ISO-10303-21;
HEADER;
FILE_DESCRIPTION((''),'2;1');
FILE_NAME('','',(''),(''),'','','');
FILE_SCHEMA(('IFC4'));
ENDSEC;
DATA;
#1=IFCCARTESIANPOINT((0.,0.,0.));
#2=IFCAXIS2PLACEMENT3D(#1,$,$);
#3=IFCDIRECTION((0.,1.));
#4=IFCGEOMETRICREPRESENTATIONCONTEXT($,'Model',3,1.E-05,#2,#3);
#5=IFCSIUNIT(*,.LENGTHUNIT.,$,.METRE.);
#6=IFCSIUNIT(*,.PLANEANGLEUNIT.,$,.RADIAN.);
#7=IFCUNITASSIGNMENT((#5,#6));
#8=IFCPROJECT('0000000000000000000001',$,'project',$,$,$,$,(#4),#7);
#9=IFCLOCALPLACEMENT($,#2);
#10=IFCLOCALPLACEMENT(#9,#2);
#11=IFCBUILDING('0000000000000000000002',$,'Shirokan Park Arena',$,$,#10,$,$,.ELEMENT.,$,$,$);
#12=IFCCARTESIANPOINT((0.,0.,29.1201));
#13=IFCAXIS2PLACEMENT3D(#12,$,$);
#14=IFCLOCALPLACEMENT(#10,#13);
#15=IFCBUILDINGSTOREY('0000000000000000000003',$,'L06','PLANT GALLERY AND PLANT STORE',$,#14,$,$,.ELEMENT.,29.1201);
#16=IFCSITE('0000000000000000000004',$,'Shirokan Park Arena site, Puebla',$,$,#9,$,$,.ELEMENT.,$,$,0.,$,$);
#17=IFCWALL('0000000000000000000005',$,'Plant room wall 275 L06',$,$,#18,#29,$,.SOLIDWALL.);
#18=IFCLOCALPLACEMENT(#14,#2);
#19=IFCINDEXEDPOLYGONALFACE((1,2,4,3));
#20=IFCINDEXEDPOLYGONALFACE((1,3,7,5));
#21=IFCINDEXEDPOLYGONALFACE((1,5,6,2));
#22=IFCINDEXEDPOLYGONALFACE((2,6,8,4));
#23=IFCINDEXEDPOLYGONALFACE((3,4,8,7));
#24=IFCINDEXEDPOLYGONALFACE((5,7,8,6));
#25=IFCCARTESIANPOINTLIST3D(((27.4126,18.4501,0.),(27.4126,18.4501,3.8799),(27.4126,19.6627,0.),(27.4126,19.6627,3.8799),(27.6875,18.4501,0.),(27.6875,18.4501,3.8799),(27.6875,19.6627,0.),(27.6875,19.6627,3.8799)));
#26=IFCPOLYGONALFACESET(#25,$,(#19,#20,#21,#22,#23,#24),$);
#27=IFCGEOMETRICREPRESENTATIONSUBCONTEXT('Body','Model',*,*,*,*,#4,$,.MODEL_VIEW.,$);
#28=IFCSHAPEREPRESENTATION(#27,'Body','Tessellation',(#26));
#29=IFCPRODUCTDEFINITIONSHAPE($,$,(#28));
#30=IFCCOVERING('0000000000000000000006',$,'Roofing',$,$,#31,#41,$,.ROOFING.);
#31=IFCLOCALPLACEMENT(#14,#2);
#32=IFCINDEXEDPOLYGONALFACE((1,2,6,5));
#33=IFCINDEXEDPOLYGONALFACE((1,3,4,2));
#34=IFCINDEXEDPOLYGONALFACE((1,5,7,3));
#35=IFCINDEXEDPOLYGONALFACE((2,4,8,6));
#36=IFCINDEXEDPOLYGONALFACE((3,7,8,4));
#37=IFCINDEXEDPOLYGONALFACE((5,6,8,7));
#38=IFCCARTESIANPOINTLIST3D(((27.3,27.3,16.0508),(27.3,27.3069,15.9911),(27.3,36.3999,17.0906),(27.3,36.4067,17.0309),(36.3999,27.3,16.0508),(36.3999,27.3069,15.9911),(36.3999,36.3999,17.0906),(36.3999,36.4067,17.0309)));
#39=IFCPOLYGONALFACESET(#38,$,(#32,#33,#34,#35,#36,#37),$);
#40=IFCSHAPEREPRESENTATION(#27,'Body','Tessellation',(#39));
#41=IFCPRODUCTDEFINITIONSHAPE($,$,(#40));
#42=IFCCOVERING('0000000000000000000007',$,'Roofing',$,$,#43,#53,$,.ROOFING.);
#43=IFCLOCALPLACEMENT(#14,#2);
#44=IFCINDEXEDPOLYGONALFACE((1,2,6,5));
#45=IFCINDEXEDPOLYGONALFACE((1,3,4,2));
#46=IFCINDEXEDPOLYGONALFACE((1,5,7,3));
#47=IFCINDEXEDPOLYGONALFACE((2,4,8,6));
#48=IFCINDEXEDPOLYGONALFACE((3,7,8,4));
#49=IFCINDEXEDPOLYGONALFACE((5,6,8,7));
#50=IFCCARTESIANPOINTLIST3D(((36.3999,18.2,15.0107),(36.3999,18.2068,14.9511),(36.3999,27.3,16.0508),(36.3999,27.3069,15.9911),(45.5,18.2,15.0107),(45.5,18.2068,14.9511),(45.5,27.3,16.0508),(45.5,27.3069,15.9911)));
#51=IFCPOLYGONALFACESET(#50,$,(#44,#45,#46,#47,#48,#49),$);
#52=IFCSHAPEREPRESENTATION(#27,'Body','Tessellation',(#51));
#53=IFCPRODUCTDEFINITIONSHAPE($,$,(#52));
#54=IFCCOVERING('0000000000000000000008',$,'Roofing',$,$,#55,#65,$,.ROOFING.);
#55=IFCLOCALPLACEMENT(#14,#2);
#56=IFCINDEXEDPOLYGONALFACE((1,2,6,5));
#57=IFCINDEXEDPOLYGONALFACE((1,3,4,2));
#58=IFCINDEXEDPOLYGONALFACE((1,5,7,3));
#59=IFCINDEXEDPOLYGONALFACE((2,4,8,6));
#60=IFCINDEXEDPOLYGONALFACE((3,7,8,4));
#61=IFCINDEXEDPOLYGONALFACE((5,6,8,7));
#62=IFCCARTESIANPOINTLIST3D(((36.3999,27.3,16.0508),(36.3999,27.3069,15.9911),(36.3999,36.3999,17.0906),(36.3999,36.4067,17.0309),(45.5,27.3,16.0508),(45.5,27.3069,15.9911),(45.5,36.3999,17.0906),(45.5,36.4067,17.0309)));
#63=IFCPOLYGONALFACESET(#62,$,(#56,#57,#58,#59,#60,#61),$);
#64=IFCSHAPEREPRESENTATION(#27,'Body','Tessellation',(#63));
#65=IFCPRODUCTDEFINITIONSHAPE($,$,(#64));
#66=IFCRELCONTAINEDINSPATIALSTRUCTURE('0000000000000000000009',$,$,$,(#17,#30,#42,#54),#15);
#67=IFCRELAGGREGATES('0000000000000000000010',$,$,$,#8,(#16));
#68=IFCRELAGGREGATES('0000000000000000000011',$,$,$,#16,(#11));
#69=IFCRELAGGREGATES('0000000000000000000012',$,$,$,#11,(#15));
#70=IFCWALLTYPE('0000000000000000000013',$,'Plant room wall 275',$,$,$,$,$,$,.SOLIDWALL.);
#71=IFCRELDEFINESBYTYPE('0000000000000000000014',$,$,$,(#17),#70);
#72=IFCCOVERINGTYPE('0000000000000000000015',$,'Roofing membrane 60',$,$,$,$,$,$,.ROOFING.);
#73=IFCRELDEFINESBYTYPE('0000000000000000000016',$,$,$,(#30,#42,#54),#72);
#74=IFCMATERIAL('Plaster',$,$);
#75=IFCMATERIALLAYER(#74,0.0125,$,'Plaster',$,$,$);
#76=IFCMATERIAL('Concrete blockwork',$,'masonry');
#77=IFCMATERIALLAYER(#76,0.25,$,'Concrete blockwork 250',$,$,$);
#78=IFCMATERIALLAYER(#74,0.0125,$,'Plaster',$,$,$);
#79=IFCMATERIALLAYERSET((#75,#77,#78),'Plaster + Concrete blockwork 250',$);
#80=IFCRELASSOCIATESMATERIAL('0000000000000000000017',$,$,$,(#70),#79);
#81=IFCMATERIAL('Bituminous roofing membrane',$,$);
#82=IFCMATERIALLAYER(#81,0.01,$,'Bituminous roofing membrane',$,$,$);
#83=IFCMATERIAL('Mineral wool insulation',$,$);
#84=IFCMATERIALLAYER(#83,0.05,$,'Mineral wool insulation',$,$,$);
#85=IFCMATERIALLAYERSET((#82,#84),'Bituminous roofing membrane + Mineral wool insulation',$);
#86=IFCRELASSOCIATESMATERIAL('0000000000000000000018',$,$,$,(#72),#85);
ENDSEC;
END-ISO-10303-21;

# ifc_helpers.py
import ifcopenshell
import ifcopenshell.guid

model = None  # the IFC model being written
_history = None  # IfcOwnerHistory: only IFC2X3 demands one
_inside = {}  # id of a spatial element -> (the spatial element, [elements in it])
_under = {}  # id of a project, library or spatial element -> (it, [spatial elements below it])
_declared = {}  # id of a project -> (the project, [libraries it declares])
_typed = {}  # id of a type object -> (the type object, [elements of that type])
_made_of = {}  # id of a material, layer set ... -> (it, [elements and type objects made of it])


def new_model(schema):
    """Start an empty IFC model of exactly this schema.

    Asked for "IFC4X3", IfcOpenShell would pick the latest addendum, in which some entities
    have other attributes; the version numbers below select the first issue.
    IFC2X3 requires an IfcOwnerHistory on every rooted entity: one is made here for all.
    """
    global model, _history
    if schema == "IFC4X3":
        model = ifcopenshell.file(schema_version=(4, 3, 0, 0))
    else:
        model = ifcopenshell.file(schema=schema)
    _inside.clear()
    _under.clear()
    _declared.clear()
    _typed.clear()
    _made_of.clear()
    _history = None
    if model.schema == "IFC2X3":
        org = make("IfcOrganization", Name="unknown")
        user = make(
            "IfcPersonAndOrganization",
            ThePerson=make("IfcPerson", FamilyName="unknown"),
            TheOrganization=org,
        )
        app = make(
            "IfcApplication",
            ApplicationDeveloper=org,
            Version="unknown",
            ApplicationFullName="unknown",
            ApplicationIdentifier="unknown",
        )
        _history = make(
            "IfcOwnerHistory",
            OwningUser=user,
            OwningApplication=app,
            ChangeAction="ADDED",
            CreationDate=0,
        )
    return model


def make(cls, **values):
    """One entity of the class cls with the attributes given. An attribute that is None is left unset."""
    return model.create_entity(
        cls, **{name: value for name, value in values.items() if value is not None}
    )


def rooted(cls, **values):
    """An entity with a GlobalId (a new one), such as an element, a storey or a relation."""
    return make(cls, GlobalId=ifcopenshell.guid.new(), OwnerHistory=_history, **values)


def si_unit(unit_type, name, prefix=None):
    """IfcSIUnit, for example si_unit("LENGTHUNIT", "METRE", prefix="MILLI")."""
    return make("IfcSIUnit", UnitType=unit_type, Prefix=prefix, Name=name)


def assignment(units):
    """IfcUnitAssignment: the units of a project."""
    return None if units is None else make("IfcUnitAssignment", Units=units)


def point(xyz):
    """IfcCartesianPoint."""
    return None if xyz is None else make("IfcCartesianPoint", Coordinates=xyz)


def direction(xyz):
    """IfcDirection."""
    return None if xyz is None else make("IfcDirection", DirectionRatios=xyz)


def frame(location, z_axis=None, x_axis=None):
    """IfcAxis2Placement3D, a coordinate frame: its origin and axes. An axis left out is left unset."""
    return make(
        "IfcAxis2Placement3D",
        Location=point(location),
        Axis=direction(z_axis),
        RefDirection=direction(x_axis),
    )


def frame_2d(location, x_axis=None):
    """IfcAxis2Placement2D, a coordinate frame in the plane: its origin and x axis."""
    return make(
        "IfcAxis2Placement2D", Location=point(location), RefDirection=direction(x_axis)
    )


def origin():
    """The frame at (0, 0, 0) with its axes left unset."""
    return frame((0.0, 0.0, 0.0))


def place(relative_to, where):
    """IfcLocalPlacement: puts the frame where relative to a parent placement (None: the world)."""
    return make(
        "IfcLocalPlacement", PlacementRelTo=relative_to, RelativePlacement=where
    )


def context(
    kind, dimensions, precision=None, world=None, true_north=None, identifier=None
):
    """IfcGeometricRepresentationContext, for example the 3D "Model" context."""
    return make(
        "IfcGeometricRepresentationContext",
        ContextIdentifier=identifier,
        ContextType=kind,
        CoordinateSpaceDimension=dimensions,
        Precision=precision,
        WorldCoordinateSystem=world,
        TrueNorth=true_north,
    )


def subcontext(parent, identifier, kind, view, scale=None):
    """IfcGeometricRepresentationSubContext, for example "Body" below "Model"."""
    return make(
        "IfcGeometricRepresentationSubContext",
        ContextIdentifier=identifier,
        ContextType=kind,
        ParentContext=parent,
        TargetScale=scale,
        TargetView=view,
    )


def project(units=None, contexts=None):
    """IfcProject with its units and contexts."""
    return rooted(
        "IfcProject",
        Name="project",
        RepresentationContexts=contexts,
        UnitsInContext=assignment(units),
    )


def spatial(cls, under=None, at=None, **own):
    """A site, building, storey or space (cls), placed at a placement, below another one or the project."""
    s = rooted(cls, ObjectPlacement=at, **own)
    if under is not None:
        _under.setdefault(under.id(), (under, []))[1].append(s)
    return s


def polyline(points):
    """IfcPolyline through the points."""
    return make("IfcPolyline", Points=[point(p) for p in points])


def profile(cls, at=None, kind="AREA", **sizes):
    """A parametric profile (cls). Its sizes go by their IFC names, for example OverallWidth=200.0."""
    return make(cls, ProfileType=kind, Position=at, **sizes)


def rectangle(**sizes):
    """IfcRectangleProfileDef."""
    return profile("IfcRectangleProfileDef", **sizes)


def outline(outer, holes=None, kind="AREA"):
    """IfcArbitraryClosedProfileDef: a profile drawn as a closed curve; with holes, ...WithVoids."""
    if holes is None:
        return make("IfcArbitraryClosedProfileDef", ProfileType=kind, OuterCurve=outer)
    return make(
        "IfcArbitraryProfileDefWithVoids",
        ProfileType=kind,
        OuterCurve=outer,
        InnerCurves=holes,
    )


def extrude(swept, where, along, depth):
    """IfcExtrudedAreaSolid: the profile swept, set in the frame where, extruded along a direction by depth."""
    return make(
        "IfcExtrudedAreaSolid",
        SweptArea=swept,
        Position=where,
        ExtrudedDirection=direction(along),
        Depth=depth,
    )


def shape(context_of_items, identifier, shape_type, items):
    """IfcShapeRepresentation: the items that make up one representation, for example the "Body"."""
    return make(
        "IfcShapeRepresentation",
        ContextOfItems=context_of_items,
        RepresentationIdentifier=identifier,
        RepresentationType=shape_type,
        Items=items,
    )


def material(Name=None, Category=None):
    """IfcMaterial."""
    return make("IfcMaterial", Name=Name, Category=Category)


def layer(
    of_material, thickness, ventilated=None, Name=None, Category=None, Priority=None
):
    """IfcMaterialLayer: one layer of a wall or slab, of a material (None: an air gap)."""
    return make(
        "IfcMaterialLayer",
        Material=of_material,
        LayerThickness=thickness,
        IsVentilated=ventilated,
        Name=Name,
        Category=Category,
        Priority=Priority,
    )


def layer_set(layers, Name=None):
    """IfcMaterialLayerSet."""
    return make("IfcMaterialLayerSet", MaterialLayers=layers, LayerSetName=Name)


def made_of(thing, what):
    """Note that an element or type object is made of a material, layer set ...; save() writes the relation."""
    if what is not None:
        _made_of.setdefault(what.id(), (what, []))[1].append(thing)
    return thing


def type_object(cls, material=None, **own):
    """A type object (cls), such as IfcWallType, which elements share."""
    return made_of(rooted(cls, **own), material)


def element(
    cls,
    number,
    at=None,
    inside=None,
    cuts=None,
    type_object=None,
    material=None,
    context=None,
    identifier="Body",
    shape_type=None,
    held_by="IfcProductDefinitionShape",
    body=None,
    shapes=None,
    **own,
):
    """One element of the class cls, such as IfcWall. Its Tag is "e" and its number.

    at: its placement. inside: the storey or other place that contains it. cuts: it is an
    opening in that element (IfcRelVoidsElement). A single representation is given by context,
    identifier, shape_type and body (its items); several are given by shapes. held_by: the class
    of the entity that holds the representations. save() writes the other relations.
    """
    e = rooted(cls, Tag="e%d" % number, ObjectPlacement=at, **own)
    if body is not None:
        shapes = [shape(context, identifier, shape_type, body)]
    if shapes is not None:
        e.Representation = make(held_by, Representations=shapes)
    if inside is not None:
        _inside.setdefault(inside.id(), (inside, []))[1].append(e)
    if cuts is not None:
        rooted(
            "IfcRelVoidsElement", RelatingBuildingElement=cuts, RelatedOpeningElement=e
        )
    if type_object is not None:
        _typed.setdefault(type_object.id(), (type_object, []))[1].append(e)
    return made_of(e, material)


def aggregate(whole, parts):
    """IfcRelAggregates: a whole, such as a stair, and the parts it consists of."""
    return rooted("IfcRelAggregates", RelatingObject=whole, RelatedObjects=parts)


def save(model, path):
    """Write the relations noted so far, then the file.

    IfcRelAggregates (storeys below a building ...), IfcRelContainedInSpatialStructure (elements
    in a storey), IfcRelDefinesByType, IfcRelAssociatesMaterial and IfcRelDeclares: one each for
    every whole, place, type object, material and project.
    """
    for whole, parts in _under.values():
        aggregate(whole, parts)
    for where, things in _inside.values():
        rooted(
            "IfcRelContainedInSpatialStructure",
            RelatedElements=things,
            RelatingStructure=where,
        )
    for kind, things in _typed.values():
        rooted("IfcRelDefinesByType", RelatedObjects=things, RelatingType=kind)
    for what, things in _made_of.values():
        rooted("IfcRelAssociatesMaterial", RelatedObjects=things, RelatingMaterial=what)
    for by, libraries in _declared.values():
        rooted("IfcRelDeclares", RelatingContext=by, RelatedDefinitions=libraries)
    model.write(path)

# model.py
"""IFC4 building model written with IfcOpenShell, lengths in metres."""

from ifc_helpers import new_model, si_unit, direction, frame, frame_2d, origin, place, context, subcontext, project, spatial, polyline, rectangle, outline, extrude, material, layer, layer_set, type_object, element, save


model = new_model("IFC4")

# Units and contexts
model_context = context("Model", 3, precision=1e-05, world=origin(), true_north=direction((0.0, 1.0)))
body_context = subcontext(model_context, "Body", "Model", "MODEL_VIEW")
ifc_project = project(units=[si_unit("LENGTHUNIT", "METRE"), si_unit("PLANEANGLEUNIT", "RADIAN")], contexts=[model_context])

# Site, building, storey
site_placement = place(None, origin())
site = spatial("IfcSite", under=ifc_project, at=site_placement, Name="Shirokan Park Arena site, Puebla", CompositionType="ELEMENT", RefElevation=0.0)
building_placement = place(site_placement, origin())
building = spatial("IfcBuilding", under=site, at=building_placement, Name="Shirokan Park Arena", CompositionType="ELEMENT")
storey_placement = place(building_placement, frame((0.0, 0.0, 29.1201)))
storey = spatial("IfcBuildingStorey", under=building, at=storey_placement, Name="L06", Description="PLANT GALLERY AND PLANT STORE", CompositionType="ELEMENT", Elevation=29.1201)

# Shared definitions
ifc_material_1 = material(Name="Plaster")
ifc_layer_1 = layer(ifc_material_1, 0.0125, Name="Plaster")
ifc_material_2 = material(Name="Concrete blockwork", Category="masonry")
ifc_layer_2 = layer(ifc_material_2, 0.25, Name="Concrete blockwork 250")
ifc_layer_3 = layer(ifc_material_1, 0.0125, Name="Plaster")
ifc_layer_set_1 = layer_set([ifc_layer_1, ifc_layer_2, ifc_layer_3], Name="Plaster + Concrete blockwork 250")
wall_type = type_object("IfcWallType", Name="Plant room wall 275", PredefinedType="SOLIDWALL", material=ifc_layer_set_1)

# Wall
wall_1_placement = place(storey_placement, frame((27.55, 18.45, 0.0), z_axis=(0.0, 0.0, 1.0), x_axis=(0.0, 1.0, 0.0)))
element("IfcWall", 1, at=wall_1_placement, inside=storey, type_object=wall_type, Name="Plant room wall 275 L06", PredefinedType="SOLIDWALL", context=body_context, shape_type="SweptSolid", body=[
    extrude(rectangle(XDim=1.2126, YDim=0.2749, at=frame_2d((0.6064, 0.0))), origin(), (0.0, 0.0, 1.0), 3.8799),
])

# Coverings
ifc_material_3 = material(Name="Bituminous roofing membrane")
ifc_layer_4 = layer(ifc_material_3, 0.01, Name="Bituminous roofing membrane")
ifc_material_4 = material(Name="Mineral wool insulation")
ifc_layer_5 = layer(ifc_material_4, 0.05, Name="Mineral wool insulation")
ifc_layer_set_2 = layer_set([ifc_layer_4, ifc_layer_5], Name="Bituminous roofing membrane + Mineral wool insulation")
covering_type = type_object("IfcCoveringType", Name="Roofing membrane 60", PredefinedType="ROOFING", material=ifc_layer_set_2)
covering_1_placement = place(storey_placement, frame((27.3, 27.3, 16.0508), z_axis=(0.0, -0.113526, 0.993535), x_axis=(1.0, 0.0, 0.0)))
element("IfcCovering", 2, at=covering_1_placement, inside=storey, type_object=covering_type, Name="Roofing", PredefinedType="ROOFING", context=body_context, shape_type="SweptSolid", body=[
    extrude(outline(polyline([(0.0, 0.0), (9.0999, 0.0), (9.0999, 9.1591), (0.0, 9.1591), (0.0, 0.0)])), origin(), (0.0, 0.0, -1.0), 0.0601),
])
covering_2_placement = place(storey_placement, frame((36.3999, 18.2, 15.0107), z_axis=(0.0, -0.11355, 0.993532), x_axis=(1.0, 0.0, 0.0)))
element("IfcCovering", 3, at=covering_2_placement, inside=storey, type_object=covering_type, Name="Roofing", PredefinedType="ROOFING", context=body_context, shape_type="SweptSolid", body=[
    extrude(outline(polyline([(0.0, 0.0), (9.1001, 0.0), (9.1001, 9.1593), (0.0, 9.1593), (0.0, 0.0)])), origin(), (0.0, 0.0, -1.0), 0.0601),
])
covering_3_placement = place(storey_placement, frame((36.3999, 27.3, 16.0508), z_axis=(0.0, -0.113526, 0.993535), x_axis=(1.0, 0.0, 0.0)))
element("IfcCovering", 4, at=covering_3_placement, inside=storey, type_object=covering_type, Name="Roofing", PredefinedType="ROOFING", context=body_context, shape_type="SweptSolid", body=[
    extrude(outline(polyline([(0.0, 0.0), (9.1001, 0.0), (9.1001, 9.1591), (0.0, 9.1591), (0.0, 0.0)])), origin(), (0.0, 0.0, -1.0), 0.0601),
])

save(model, "model.ifc")
